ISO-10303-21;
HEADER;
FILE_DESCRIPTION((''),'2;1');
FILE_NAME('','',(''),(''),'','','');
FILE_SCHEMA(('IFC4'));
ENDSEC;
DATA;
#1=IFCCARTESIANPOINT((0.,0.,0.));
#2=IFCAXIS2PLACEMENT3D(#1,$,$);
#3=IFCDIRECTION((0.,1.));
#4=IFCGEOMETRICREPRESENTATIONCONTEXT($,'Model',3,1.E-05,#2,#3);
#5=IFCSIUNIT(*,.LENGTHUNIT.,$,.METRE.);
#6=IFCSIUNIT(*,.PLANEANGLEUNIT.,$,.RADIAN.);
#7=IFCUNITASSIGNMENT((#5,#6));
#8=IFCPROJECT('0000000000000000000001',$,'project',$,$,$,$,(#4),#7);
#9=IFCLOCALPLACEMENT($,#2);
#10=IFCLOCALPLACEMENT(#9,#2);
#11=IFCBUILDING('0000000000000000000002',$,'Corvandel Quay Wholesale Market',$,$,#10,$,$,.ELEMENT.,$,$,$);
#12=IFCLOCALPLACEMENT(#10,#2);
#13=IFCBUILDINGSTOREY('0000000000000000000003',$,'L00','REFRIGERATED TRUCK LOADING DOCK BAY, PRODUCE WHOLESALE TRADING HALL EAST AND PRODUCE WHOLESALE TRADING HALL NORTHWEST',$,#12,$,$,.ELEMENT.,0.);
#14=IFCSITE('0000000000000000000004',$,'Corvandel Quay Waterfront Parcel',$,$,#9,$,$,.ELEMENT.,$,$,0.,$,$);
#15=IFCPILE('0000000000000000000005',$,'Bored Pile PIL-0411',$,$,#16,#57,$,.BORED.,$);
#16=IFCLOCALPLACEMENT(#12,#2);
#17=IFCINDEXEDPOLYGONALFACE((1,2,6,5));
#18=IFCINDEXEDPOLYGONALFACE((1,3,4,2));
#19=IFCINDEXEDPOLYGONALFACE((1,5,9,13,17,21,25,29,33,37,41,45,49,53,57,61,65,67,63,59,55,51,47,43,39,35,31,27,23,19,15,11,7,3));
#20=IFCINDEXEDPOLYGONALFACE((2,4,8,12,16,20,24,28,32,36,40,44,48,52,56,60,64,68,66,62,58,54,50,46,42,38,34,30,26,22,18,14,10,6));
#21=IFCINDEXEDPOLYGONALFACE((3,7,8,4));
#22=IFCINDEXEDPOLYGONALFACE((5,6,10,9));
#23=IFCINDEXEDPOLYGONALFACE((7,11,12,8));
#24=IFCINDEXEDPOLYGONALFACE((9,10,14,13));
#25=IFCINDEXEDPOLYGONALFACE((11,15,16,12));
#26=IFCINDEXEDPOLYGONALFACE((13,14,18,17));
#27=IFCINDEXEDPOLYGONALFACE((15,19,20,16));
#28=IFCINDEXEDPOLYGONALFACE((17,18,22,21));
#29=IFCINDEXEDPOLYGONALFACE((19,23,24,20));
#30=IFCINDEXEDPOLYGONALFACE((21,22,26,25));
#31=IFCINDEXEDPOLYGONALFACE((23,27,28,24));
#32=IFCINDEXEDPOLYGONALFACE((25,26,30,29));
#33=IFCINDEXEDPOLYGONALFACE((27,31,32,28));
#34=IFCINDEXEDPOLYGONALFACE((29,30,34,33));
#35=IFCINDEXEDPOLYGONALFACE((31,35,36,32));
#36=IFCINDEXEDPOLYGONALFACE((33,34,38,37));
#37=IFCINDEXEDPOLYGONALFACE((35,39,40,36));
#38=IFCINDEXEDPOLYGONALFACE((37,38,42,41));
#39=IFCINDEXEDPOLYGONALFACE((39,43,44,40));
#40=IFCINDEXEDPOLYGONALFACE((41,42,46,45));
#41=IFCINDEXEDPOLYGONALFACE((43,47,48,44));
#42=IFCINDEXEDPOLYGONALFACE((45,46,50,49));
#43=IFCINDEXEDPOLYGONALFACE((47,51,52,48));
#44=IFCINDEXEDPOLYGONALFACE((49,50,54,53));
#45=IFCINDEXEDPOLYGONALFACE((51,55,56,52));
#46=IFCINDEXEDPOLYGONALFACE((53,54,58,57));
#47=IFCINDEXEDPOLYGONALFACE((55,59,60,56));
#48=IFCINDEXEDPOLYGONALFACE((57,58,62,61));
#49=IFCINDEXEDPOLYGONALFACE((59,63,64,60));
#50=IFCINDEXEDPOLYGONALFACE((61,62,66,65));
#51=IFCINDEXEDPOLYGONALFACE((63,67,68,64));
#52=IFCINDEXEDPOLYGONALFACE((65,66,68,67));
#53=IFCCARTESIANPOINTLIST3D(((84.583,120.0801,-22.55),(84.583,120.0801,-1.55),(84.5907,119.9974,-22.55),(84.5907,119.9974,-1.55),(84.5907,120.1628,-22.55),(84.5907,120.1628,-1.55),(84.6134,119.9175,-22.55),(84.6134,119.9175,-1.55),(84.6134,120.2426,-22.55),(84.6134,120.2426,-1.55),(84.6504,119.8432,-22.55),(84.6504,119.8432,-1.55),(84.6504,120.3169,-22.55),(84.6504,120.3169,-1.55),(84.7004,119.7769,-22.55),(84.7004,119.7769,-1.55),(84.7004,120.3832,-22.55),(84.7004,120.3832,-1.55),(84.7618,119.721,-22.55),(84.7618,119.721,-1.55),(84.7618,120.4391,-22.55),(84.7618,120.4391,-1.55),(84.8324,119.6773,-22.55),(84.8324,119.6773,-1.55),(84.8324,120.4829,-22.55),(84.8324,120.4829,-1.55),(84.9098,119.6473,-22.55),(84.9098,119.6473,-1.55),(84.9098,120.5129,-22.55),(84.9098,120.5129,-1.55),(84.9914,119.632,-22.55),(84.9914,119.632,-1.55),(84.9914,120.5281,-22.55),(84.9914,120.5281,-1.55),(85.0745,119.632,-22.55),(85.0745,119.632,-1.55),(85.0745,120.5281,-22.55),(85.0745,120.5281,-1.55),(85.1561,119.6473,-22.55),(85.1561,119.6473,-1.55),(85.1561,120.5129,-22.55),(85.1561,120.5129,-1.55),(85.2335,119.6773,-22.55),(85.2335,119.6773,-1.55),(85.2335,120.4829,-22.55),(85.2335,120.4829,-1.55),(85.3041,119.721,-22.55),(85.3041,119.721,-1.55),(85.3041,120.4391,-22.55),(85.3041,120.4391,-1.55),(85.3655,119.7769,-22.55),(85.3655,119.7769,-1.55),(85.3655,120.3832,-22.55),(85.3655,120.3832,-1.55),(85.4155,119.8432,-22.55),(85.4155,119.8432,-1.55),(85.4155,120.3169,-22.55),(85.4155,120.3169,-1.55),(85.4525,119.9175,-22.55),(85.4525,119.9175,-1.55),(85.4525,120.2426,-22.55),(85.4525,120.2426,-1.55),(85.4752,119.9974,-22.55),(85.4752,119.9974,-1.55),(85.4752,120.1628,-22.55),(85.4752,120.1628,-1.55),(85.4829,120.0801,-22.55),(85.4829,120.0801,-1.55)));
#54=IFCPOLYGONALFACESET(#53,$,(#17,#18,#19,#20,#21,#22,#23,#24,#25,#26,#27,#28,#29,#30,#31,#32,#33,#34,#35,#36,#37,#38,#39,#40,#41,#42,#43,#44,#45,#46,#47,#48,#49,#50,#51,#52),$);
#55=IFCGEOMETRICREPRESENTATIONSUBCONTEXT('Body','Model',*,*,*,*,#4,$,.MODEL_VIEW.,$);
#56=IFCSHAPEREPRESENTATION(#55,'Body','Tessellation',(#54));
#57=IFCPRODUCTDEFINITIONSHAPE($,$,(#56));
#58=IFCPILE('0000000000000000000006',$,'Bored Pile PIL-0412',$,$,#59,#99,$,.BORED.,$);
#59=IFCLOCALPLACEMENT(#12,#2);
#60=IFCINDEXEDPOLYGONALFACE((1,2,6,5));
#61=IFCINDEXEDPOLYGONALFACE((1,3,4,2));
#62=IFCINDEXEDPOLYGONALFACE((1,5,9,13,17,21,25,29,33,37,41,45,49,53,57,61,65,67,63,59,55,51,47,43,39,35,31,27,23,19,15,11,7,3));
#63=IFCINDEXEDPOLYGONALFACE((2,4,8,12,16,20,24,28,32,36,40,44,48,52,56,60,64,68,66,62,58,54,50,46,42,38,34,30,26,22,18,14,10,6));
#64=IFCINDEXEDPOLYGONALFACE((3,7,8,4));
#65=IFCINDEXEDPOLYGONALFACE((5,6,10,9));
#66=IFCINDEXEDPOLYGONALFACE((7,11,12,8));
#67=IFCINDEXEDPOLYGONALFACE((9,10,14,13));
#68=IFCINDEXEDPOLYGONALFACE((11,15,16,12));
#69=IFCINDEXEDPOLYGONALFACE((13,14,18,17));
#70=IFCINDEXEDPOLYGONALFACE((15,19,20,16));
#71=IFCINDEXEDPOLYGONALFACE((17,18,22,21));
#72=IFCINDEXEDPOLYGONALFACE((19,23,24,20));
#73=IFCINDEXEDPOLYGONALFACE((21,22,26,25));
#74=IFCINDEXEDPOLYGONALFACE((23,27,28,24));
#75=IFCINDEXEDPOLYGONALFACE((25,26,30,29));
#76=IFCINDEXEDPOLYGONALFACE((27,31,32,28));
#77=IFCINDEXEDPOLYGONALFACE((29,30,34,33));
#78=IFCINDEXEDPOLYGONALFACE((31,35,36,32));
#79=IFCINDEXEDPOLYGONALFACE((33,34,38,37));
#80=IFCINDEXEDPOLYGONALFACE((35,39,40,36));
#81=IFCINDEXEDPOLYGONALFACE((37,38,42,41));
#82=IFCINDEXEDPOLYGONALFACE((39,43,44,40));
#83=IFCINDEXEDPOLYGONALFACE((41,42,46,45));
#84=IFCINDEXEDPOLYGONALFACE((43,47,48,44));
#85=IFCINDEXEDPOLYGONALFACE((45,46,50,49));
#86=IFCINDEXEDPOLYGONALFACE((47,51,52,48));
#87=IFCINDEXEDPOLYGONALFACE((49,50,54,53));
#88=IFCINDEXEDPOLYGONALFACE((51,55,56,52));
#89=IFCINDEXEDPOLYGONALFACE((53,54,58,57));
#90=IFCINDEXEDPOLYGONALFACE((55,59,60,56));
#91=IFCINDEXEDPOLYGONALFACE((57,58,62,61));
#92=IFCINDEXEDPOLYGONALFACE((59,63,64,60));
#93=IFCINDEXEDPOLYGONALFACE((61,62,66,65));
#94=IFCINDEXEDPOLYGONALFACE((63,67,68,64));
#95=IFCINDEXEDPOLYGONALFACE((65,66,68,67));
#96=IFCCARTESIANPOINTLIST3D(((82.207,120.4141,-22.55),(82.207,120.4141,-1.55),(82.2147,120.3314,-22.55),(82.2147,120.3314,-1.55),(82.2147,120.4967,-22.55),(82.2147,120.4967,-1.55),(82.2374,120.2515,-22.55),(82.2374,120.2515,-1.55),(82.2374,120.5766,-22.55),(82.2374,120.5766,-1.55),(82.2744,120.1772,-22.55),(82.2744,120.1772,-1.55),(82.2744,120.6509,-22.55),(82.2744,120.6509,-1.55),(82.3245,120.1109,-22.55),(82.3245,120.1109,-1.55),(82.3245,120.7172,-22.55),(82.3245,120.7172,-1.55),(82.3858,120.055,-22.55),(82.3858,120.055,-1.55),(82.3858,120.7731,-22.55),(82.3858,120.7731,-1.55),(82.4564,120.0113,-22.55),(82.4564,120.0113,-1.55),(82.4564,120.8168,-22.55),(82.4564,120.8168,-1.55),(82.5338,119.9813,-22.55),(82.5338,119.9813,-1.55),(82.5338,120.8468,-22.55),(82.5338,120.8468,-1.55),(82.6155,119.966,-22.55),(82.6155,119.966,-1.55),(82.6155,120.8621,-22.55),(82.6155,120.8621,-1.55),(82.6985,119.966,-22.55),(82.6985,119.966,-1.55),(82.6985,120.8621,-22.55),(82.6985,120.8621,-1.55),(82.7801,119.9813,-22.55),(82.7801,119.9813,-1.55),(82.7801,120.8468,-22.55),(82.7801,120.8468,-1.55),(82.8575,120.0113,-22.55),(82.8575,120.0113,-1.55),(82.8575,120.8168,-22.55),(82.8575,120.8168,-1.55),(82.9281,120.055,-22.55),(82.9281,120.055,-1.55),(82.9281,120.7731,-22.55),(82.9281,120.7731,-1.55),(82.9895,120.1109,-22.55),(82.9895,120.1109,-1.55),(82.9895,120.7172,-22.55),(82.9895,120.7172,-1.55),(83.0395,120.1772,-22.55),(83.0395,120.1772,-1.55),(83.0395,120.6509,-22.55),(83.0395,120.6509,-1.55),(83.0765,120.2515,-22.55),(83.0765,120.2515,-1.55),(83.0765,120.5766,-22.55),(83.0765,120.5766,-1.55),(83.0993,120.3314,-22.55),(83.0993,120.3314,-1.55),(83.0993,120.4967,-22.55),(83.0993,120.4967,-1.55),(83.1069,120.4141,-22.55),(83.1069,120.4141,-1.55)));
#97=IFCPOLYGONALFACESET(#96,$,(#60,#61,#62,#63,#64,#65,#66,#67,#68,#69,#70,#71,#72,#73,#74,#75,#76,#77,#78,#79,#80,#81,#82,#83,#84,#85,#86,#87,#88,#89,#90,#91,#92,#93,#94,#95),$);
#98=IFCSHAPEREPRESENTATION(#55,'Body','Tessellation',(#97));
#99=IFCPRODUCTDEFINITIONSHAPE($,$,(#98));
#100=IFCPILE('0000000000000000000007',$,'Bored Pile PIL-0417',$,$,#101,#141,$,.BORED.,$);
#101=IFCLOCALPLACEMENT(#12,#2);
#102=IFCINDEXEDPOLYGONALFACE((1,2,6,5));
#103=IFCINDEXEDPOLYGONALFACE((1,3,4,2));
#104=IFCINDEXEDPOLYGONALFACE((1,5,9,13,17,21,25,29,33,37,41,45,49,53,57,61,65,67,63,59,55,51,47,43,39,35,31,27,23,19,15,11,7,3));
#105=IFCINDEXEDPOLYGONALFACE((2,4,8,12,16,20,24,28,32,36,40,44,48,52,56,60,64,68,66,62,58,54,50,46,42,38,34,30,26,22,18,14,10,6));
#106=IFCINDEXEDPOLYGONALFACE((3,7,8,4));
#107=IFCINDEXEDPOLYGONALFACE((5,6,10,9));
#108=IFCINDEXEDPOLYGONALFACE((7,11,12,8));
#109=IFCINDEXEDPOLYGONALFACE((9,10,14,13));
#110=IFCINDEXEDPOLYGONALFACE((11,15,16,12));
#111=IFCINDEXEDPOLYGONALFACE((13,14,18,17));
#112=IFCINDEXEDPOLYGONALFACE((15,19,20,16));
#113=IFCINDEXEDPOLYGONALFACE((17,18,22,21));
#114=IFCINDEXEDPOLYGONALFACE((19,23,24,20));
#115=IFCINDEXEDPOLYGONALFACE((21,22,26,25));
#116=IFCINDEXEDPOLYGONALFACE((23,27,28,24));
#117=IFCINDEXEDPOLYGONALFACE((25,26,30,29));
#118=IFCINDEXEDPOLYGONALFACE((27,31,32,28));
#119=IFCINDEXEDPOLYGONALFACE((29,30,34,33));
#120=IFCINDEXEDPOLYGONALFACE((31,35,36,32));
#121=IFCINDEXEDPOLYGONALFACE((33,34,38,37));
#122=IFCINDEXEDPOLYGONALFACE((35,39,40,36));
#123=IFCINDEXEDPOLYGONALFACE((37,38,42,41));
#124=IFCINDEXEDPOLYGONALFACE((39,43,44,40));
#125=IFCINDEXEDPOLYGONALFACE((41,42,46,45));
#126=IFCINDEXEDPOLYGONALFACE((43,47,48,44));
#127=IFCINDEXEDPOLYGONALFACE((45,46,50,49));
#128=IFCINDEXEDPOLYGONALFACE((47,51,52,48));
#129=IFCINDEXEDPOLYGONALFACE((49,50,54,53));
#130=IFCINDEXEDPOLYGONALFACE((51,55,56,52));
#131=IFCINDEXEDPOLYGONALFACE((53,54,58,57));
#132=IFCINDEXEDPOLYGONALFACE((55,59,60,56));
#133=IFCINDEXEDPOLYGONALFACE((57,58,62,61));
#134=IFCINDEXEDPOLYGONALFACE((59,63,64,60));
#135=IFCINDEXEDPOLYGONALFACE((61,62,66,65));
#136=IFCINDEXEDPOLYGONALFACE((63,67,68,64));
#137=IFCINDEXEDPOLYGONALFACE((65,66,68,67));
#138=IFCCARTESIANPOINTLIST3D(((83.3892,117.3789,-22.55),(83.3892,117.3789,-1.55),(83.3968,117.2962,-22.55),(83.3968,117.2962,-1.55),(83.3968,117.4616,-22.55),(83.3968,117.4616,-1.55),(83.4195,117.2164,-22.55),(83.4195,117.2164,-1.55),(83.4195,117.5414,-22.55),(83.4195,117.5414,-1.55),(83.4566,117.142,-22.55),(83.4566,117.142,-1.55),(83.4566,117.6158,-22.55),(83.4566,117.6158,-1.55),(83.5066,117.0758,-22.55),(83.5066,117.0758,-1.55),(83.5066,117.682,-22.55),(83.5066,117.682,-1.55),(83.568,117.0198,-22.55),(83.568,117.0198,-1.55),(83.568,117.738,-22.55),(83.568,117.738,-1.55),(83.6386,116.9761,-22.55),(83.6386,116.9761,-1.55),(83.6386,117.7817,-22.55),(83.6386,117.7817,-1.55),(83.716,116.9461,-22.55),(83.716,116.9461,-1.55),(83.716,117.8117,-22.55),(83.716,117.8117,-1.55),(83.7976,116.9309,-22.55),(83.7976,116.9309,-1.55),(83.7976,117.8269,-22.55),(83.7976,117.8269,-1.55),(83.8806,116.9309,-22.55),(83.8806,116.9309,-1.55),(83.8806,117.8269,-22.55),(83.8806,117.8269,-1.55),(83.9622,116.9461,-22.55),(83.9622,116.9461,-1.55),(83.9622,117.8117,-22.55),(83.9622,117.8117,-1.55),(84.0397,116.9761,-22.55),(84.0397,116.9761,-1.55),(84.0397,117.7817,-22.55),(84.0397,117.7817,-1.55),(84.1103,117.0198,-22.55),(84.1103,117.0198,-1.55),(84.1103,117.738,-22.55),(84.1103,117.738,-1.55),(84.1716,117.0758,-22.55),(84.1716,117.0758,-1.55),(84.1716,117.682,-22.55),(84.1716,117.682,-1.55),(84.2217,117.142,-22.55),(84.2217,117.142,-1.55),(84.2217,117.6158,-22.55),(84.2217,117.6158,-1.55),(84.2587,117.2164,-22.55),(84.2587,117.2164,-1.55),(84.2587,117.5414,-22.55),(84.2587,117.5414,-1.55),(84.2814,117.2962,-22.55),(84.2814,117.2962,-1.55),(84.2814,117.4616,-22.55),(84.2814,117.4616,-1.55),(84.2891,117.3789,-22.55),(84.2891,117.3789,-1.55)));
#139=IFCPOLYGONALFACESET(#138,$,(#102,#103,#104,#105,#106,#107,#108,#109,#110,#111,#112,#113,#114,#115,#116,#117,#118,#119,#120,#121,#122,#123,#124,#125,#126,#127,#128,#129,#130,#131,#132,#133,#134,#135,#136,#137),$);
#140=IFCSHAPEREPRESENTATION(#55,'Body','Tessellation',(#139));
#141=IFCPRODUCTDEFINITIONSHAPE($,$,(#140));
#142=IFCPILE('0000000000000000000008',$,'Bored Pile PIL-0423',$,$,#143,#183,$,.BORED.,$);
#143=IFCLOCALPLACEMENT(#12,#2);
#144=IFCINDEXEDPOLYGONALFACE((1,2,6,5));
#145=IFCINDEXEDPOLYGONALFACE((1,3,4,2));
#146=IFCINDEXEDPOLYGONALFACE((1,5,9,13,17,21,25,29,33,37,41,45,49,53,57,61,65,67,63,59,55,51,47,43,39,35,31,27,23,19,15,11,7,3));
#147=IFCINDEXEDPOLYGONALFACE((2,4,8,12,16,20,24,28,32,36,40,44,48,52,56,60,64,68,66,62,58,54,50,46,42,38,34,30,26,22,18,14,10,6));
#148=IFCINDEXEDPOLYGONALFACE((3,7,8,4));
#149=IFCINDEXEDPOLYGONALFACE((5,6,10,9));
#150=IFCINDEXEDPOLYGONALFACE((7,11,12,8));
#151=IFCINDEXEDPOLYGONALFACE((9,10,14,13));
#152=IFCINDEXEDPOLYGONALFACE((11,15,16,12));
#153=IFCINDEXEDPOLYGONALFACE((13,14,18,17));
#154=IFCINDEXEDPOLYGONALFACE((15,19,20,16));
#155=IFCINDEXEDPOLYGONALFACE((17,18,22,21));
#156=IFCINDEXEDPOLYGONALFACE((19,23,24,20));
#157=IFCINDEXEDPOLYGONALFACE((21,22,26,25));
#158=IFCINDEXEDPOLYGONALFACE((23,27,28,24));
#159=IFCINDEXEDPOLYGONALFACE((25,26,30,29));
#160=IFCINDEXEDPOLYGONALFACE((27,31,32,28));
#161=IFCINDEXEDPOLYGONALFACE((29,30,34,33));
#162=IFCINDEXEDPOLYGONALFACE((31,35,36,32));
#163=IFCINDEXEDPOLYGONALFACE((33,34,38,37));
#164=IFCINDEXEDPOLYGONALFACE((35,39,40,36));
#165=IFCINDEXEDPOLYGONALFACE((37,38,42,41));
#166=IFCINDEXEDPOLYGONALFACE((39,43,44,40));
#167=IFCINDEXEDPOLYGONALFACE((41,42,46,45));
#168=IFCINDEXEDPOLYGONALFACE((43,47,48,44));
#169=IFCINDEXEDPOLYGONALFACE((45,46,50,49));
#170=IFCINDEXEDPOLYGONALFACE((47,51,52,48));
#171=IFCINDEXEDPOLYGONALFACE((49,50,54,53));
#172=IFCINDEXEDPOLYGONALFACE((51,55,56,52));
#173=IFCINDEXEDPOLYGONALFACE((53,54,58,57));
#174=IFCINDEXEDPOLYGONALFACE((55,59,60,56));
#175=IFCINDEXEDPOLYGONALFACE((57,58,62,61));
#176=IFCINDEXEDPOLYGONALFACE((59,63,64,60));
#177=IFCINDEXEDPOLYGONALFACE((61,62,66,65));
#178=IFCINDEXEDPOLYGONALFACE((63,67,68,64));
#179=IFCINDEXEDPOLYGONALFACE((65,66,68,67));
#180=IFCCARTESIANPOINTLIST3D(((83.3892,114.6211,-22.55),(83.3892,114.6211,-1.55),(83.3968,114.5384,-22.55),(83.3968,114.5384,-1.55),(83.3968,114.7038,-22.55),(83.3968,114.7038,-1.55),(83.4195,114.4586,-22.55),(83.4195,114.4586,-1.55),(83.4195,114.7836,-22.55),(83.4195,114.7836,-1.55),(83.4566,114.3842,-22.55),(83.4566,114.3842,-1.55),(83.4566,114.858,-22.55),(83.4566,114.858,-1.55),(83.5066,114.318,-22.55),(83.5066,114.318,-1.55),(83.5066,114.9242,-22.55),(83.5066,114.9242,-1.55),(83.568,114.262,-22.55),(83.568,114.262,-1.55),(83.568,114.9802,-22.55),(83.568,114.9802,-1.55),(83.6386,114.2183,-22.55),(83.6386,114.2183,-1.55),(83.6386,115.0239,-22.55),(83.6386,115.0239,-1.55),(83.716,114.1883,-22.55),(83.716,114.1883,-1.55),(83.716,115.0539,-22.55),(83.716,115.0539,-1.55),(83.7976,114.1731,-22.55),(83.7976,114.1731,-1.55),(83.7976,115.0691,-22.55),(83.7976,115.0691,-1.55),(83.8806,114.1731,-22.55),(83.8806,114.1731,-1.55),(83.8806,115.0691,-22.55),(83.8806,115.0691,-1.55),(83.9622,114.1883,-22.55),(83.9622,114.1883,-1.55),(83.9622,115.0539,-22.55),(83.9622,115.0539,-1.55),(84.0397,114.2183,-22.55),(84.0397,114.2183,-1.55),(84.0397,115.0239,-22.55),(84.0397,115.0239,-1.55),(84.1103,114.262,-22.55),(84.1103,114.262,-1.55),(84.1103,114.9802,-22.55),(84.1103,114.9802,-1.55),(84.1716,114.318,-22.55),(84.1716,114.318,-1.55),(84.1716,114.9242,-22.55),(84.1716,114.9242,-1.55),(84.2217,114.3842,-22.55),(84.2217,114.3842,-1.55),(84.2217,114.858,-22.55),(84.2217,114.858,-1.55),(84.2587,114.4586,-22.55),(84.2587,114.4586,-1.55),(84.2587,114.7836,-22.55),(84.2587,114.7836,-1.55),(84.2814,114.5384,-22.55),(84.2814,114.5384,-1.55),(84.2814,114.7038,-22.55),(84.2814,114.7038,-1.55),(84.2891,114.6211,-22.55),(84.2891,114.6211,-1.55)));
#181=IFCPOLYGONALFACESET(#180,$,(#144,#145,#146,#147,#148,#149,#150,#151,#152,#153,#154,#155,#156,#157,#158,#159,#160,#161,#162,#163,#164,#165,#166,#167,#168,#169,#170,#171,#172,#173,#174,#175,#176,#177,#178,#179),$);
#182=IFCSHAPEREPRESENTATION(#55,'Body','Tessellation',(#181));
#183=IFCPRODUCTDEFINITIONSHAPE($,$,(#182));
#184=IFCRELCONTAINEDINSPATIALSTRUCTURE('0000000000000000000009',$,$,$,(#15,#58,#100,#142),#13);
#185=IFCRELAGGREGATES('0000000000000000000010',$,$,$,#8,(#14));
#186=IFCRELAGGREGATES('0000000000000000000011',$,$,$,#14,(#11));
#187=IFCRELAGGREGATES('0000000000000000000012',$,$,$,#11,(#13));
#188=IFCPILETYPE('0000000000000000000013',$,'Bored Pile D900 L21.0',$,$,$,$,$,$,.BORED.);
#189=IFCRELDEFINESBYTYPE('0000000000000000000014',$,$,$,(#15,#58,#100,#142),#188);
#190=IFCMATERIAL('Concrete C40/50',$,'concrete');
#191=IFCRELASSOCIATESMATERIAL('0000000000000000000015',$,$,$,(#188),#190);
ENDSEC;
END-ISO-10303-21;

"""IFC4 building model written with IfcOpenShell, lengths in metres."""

from ifc_helpers import new_model, si_unit, direction, frame, origin, origin_2d, place, context, subcontext, project, spatial, circle, extrude, material, material_profile, profile_set, type_object, element, save


model = new_model("IFC4")

# Units and contexts
model_context = context("Model", 3, precision=1e-05, world=origin(), true_north=direction((0.0, 1.0)))
body_context = subcontext(model_context, "Body", "Model", "MODEL_VIEW")
ifc_project = project(units=[si_unit("LENGTHUNIT", "METRE"), si_unit("PLANEANGLEUNIT", "RADIAN")], contexts=[model_context])

# Site, building, storey
site_placement = place(None, origin())
site = spatial("IfcSite", under=ifc_project, at=site_placement, Name="Corvandel Quay Waterfront Parcel", CompositionType="ELEMENT", RefElevation=0.0)
building_placement = place(site_placement, origin())
building = spatial("IfcBuilding", under=site, at=building_placement, Name="Corvandel Quay Wholesale Market", CompositionType="ELEMENT")
storey_placement = place(building_placement, origin())
storey = spatial("IfcBuildingStorey", under=building, at=storey_placement, Name="L00", Description="REFRIGERATED TRUCK LOADING DOCK BAY, PRODUCE WHOLESALE TRADING HALL EAST AND PRODUCE WHOLESALE TRADING HALL NORTHWEST", CompositionType="ELEMENT", Elevation=0.0)

# Piles
ifc_material_1 = material(Name="Concrete C40/50", Category="concrete")
ifc_material_profile_1 = material_profile(ifc_material_1, circle(Radius=0.45, at=origin_2d()), Name="RC-PILE-D900")
ifc_profile_set_1 = profile_set([ifc_material_profile_1], Name="Concrete C40/50")
pile_type = type_object("IfcPileType", Name="Bored Pile D900 L21.0", PredefinedType="BORED", material=ifc_profile_set_1)
for number, where, z_axis, x_axis, name in (
    (1, (85.033, 120.0801, -1.55), (0.0, 0.0, -1.0), (1.0, 0.0, 0.0), "Bored Pile PIL-0411"),
    (2, (82.657, 120.4141, -1.55), (0.0, 0.0, -1.0), (1.0, 0.0, 0.0), "Bored Pile PIL-0412"),
    (3, (83.8391, 117.3789, -1.55), (0.0, 0.0, -1.0), (1.0, 0.0, 0.0), "Bored Pile PIL-0417"),
    (4, (83.8391, 114.6211, -1.55), (0.0, 0.0, -1.0), (1.0, 0.0, 0.0), "Bored Pile PIL-0423"),
):
    element("IfcPile", number, at=place(storey_placement, frame(where, z_axis=z_axis, x_axis=x_axis)), inside=storey, type_object=pile_type, Name=name, PredefinedType="BORED", context=body_context, shape_type="SweptSolid", body=[
        extrude(circle(Radius=0.45, at=origin_2d()), origin(), (0.0, 0.0, 1.0), 21.0),
    ])

save(model, "model.ifc")
